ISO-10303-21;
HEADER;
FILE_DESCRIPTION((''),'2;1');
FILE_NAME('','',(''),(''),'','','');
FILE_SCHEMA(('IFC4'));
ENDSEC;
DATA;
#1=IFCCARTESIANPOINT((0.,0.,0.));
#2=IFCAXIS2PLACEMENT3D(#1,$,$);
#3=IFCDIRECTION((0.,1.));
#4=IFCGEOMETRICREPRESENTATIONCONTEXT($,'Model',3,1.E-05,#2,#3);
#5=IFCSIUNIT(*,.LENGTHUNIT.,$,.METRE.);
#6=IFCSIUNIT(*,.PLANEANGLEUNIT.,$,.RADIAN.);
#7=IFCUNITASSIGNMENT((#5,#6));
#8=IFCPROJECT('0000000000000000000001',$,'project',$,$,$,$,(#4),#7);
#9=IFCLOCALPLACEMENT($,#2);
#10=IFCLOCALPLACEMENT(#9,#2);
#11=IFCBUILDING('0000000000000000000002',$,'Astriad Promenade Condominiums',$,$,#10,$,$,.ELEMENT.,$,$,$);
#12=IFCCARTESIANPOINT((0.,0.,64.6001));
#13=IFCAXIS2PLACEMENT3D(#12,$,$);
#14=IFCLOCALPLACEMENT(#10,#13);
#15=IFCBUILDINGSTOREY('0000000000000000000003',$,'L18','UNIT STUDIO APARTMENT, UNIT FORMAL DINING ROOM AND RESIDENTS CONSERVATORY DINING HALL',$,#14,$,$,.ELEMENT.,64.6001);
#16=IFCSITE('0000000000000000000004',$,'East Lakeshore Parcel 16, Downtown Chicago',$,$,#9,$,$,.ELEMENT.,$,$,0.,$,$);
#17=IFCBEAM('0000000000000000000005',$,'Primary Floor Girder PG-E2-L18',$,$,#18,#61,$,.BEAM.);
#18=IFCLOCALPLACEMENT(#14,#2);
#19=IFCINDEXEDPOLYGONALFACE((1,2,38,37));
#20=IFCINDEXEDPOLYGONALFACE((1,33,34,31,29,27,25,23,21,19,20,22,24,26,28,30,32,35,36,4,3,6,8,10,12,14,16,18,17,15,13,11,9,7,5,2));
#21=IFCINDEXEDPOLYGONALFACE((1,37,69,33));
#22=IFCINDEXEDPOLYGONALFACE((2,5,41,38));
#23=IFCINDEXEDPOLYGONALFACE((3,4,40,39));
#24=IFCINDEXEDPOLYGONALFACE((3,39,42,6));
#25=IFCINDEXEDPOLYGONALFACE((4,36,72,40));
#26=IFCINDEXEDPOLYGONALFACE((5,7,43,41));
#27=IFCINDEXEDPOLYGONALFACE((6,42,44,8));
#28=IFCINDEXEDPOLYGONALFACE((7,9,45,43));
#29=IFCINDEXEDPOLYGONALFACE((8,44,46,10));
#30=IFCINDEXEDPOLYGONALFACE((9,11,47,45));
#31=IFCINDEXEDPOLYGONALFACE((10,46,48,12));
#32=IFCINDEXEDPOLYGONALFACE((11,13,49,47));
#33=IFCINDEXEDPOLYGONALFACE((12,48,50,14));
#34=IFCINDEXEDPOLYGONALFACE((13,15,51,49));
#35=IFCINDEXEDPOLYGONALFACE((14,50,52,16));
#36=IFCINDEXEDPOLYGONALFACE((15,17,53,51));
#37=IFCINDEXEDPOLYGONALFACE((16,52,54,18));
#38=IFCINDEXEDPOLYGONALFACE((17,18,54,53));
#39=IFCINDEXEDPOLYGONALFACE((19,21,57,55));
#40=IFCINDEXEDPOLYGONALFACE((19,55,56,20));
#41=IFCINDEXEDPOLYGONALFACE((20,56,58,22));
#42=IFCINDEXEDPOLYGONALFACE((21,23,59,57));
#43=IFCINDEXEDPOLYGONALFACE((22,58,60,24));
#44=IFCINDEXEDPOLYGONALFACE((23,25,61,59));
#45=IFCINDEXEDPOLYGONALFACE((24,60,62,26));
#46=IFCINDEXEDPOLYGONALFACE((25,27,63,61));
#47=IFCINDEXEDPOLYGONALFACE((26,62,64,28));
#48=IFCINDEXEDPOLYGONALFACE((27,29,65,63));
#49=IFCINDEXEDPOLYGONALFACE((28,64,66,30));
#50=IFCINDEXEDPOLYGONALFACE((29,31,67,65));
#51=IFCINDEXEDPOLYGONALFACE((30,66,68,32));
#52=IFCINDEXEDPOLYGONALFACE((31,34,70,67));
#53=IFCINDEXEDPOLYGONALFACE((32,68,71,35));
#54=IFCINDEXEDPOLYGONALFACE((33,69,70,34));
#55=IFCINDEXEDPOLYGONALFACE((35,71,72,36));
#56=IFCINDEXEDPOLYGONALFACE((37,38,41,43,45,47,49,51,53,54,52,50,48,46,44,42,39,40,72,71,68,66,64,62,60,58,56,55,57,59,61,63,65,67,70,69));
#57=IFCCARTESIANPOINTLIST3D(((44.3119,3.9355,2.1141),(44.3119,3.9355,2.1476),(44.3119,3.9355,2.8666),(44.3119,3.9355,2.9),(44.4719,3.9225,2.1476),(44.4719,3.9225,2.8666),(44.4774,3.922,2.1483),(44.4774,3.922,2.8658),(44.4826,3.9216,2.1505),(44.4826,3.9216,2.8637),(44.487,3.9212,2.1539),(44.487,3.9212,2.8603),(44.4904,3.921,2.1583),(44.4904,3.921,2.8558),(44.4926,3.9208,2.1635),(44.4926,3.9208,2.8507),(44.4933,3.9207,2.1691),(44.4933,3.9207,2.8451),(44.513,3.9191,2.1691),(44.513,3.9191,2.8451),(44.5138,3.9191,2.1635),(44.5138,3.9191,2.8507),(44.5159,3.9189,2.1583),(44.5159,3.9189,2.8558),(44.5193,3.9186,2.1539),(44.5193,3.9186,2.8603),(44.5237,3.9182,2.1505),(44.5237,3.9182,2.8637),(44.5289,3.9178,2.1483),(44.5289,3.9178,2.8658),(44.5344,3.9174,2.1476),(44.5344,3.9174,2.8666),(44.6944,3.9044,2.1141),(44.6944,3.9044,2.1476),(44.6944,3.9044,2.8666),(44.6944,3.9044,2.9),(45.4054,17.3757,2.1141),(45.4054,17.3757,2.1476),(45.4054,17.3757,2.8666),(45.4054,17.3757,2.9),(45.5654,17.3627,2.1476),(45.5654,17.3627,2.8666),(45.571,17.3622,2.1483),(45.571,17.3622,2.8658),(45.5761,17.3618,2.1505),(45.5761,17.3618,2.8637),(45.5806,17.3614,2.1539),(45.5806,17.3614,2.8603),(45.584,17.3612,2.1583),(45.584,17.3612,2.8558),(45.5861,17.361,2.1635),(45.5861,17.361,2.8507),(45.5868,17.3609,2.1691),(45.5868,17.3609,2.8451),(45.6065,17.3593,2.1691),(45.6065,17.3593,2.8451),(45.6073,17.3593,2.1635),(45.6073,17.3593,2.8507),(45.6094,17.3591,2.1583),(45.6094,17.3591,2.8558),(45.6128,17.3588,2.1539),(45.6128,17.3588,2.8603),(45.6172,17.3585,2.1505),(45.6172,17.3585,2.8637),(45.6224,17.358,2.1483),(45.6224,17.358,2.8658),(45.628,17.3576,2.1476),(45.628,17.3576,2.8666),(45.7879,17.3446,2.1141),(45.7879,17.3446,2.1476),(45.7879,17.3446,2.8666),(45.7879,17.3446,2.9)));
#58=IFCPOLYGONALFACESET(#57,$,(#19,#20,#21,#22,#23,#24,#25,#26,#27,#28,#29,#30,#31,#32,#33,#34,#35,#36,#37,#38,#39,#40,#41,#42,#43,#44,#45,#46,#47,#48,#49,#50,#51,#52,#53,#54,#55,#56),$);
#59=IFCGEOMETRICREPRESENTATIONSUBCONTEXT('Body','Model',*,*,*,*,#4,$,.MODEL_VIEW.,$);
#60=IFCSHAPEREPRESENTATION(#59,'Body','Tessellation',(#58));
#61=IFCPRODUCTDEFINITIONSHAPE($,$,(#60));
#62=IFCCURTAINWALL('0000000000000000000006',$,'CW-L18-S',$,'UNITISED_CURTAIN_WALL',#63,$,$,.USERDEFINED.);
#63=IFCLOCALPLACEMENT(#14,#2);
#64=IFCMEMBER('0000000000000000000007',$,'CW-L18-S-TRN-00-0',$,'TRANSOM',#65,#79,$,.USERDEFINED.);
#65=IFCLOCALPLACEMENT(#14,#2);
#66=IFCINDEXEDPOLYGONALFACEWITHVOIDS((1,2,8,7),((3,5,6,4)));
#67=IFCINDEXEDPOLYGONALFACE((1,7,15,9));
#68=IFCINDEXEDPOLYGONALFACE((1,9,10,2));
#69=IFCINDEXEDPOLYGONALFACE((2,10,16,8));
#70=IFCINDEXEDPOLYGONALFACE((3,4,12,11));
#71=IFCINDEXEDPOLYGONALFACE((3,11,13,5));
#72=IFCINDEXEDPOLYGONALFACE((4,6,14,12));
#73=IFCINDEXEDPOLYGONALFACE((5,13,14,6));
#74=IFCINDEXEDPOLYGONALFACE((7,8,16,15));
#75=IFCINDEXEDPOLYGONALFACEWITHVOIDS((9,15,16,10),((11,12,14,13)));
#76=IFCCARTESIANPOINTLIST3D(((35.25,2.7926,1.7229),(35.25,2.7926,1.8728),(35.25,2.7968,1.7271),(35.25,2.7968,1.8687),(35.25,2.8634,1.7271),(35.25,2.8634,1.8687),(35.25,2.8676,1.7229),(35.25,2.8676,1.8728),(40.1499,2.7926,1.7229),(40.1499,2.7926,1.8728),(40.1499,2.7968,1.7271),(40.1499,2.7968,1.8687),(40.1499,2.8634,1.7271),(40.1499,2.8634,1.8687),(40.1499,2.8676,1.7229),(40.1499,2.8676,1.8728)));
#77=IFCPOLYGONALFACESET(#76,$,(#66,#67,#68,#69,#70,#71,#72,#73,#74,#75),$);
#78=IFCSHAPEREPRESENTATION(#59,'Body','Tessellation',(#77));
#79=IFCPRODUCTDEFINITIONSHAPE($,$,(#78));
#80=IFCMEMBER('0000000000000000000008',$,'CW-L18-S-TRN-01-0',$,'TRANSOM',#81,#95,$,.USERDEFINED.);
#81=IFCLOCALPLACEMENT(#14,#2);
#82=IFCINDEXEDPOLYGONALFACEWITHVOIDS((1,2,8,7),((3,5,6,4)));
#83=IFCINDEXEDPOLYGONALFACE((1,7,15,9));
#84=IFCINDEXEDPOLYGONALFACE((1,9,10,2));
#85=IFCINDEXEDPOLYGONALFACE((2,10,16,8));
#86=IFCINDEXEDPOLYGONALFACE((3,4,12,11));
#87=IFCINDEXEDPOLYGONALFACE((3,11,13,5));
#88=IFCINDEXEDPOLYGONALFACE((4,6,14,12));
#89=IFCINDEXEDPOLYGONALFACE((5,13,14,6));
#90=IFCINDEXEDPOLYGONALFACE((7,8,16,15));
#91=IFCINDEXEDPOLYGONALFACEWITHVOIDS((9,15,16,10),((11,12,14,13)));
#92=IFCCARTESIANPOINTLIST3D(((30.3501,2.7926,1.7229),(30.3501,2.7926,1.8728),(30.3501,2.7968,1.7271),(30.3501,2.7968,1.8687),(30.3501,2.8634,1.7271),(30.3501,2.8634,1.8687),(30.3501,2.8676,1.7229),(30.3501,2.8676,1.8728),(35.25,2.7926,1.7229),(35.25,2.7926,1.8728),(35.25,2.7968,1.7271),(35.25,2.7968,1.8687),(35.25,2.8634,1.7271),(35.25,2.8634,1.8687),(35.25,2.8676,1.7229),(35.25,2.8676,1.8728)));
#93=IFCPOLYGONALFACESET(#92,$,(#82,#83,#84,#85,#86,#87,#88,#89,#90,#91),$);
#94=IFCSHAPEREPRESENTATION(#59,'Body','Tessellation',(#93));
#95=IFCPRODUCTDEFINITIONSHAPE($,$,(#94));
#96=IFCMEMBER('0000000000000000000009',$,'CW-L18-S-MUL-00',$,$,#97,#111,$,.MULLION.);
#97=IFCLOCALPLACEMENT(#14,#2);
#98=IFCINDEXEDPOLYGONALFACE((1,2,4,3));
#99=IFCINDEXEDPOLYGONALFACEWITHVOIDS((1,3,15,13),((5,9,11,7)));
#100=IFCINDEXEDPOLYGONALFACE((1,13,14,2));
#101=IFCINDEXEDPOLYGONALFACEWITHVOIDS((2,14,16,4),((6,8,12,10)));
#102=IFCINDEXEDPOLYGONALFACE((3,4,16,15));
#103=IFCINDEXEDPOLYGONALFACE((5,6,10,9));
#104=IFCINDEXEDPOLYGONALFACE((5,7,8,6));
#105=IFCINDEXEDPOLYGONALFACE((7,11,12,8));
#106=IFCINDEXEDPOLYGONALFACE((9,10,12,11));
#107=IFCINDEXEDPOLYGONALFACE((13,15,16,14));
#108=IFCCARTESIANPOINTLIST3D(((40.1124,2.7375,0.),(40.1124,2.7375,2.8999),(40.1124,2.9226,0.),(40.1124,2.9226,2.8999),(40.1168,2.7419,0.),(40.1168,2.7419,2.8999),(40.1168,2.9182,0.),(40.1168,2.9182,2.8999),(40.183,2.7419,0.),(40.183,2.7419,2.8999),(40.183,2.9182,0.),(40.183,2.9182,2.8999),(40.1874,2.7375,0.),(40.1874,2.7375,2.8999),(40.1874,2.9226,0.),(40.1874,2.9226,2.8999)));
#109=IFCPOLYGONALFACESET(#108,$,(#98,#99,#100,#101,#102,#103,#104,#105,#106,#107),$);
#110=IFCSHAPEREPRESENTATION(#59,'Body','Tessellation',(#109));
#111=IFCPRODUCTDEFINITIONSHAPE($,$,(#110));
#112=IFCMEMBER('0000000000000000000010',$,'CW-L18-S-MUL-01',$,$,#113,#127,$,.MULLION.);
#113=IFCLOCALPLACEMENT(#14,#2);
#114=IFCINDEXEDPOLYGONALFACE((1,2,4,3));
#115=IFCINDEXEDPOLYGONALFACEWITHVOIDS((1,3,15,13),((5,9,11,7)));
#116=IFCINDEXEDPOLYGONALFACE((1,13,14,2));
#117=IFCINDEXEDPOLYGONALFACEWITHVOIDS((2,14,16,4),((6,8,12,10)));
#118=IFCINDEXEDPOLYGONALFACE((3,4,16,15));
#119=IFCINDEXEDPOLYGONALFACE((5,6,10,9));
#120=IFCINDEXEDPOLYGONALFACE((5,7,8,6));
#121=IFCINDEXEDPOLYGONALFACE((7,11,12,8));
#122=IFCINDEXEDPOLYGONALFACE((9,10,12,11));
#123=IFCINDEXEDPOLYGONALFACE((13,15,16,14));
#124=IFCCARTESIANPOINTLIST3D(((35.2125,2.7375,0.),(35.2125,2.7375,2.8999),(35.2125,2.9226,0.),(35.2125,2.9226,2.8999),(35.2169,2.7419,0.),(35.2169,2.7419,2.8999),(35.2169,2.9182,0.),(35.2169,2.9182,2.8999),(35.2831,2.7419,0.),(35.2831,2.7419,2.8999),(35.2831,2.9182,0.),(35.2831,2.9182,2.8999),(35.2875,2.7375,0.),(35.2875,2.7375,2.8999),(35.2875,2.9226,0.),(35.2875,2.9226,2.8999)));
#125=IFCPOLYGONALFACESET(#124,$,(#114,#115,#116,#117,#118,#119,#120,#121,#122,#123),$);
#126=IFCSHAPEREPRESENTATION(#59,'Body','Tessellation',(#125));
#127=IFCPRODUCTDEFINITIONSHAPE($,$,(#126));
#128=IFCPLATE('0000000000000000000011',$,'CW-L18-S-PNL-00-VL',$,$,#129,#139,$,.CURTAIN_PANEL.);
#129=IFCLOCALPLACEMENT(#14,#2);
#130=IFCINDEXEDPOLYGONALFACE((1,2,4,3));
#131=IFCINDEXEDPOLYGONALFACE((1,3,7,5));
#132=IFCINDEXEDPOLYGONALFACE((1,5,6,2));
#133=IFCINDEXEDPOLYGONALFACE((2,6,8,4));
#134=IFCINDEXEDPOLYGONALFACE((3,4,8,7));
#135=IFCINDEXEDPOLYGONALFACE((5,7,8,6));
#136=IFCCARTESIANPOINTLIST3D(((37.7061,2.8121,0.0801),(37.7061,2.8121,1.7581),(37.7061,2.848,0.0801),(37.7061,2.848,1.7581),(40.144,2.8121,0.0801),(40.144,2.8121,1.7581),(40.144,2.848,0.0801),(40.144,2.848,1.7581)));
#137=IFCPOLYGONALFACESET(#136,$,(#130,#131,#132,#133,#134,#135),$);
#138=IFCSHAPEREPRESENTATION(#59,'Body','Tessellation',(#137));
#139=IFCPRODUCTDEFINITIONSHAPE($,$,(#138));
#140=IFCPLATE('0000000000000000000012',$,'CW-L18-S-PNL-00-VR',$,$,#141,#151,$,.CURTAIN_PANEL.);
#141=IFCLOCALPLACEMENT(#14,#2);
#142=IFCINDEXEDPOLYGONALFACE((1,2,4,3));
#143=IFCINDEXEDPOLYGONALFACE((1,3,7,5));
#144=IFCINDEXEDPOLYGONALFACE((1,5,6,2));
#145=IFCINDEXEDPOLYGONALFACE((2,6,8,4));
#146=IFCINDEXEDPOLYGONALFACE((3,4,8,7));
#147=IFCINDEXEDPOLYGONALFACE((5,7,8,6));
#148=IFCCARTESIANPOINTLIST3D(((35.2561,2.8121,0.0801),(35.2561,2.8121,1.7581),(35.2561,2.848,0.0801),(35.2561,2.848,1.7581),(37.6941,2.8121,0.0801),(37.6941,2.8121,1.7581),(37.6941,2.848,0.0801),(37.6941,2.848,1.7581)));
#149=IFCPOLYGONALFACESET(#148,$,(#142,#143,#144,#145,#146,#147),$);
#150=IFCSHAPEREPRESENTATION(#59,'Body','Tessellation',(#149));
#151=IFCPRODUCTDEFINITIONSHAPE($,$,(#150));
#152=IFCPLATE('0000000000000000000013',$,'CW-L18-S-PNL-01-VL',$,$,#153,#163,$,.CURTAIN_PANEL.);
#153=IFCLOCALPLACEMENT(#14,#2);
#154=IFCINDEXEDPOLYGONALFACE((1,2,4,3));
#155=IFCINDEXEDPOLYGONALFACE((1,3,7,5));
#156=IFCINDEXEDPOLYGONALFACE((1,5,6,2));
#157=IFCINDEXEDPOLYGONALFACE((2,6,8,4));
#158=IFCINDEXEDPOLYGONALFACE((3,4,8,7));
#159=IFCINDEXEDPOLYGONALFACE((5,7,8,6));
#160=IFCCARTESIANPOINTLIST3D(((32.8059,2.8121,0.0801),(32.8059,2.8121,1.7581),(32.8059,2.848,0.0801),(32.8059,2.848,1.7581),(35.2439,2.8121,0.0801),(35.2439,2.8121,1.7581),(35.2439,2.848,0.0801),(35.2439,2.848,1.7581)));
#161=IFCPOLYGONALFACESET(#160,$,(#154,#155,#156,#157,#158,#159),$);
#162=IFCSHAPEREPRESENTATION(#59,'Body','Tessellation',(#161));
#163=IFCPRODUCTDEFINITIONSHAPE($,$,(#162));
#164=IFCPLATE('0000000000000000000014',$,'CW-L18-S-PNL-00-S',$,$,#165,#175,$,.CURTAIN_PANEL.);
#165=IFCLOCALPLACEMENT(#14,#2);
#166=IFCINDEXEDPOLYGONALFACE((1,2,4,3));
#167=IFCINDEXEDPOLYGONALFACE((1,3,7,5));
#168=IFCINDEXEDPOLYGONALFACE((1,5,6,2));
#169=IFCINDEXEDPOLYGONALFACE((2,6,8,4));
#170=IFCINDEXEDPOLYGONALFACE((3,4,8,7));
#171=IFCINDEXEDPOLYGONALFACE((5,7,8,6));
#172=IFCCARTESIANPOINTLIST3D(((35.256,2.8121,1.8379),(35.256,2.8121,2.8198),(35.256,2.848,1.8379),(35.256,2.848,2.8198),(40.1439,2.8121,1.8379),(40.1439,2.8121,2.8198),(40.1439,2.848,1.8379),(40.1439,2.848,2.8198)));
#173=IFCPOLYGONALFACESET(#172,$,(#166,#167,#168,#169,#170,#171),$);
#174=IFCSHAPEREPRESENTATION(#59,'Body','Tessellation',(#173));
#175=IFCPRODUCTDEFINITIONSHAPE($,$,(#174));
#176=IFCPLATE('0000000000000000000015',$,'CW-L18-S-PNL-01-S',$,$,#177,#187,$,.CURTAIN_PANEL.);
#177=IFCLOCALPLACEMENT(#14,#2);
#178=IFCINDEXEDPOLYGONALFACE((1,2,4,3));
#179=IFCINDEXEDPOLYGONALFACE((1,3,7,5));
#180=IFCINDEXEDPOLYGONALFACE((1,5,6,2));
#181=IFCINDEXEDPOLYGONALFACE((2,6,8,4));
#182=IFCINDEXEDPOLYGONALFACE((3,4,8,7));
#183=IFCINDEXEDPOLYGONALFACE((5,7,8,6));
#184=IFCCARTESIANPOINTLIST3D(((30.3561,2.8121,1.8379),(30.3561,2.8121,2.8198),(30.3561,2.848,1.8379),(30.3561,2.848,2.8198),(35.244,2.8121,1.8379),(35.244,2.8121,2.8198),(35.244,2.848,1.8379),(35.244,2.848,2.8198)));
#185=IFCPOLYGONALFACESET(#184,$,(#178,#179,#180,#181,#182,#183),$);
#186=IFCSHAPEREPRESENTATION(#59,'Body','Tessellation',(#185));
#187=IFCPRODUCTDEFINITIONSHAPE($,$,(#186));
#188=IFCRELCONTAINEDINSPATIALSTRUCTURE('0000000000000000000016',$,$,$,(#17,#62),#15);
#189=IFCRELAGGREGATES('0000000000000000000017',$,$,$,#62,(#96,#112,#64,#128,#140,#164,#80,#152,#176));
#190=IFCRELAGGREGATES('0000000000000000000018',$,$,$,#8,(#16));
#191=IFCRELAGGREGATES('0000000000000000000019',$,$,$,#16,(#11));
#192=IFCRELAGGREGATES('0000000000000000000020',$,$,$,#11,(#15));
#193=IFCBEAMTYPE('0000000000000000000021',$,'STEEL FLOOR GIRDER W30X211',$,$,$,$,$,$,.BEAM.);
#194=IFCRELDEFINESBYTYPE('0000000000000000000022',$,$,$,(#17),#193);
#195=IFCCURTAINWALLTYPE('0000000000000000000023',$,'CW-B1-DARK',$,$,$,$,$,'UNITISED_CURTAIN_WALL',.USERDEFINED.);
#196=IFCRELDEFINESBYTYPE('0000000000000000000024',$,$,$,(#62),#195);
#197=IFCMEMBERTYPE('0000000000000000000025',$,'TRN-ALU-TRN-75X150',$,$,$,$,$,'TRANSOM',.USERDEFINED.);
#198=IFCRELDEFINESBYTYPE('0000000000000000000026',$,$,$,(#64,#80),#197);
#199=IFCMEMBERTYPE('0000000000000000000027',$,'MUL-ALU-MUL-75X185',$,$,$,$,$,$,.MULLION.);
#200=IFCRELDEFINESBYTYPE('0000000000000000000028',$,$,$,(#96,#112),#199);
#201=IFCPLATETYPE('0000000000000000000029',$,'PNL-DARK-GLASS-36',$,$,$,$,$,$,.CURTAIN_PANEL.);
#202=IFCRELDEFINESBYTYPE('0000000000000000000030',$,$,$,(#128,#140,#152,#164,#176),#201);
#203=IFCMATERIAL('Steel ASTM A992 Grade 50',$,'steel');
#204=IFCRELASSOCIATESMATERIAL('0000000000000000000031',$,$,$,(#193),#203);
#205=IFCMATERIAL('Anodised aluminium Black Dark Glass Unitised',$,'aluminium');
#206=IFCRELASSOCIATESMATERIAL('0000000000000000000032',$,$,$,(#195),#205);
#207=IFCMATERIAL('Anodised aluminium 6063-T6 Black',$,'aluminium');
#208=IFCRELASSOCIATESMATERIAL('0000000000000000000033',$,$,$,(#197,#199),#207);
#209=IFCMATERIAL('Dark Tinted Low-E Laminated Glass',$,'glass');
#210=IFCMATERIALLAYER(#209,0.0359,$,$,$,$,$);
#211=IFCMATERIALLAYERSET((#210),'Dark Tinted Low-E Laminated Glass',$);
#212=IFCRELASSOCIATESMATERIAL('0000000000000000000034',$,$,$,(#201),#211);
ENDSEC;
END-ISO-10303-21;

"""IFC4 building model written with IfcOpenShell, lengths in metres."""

from ifc_helpers import new_model, si_unit, direction, frame, origin, origin_2d, place, context, subcontext, project, spatial, rectangle, hollow_rectangle, i_section, extrude, source, transform, mapped, material, layer, layer_set, material_profile, profile_set, type_object, type_shapes, element, aggregate, save


model = new_model("IFC4")

# Units and contexts
model_context = context("Model", 3, precision=1e-05, world=origin(), true_north=direction((0.0, 1.0)))
body_context = subcontext(model_context, "Body", "Model", "MODEL_VIEW")
ifc_project = project(units=[si_unit("LENGTHUNIT", "METRE"), si_unit("PLANEANGLEUNIT", "RADIAN")], contexts=[model_context])

# Site, building, storey
site_placement = place(None, origin())
site = spatial("IfcSite", under=ifc_project, at=site_placement, Name="East Lakeshore Parcel 16, Downtown Chicago", CompositionType="ELEMENT", RefElevation=0.0)
building_placement = place(site_placement, origin())
building = spatial("IfcBuilding", under=site, at=building_placement, Name="Astriad Promenade Condominiums", CompositionType="ELEMENT")
storey_placement = place(building_placement, frame((0.0, 0.0, 64.6001)))
storey = spatial("IfcBuildingStorey", under=building, at=storey_placement, Name="L18", Description="UNIT STUDIO APARTMENT, UNIT FORMAL DINING ROOM AND RESIDENTS CONSERVATORY DINING HALL", CompositionType="ELEMENT", Elevation=64.6001)

# Beam
ifc_material_1 = material(Name="Steel ASTM A992 Grade 50", Category="steel")
ifc_material_profile_1 = material_profile(ifc_material_1, i_section(OverallWidth=0.3838, OverallDepth=0.7859, WebThickness=0.0198, FlangeThickness=0.0334, FilletRadius=0.0215, at=origin_2d()), Name="W30X211")
ifc_profile_set_1 = profile_set([ifc_material_profile_1], Name="Steel ASTM A992 Grade 50")
beam_type_1 = type_object("IfcBeamType", Name="STEEL FLOOR GIRDER W30X211", PredefinedType="BEAM", material=ifc_profile_set_1)
shared_shape_1 = source(origin(), body_context, "Body", "SweptSolid", [
    extrude(i_section(OverallWidth=0.3838, OverallDepth=0.7859, WebThickness=0.0198, FlangeThickness=0.0334, FilletRadius=0.0215, at=origin_2d()), origin(), (0.0, 0.0, 1.0), 13.4846),
])
type_shapes(beam_type_1, [shared_shape_1])
beam_1_placement = place(storey_placement, frame((44.5032, 3.9199, 2.5071), z_axis=(0.081093, 0.996707, 0.0), x_axis=(-0.996707, 0.081093, 0.0)))
element("IfcBeam", 1, at=beam_1_placement, inside=storey, type_object=beam_type_1, Name="Primary Floor Girder PG-E2-L18", PredefinedType="BEAM", context=body_context, shape_type="MappedRepresentation", body=[
    mapped(shared_shape_1, transform((0.0, 0.0, 0.0), scale=1.0)),
])

# Curtain wall, members, plates
ifc_material_2 = material(Name="Anodised aluminium Black Dark Glass Unitised", Category="aluminium")
curtain_wall_type = type_object("IfcCurtainWallType", Name="CW-B1-DARK", ElementType="UNITISED_CURTAIN_WALL", PredefinedType="USERDEFINED", material=ifc_material_2)
curtain_wall_placement = place(storey_placement, origin())
curtain_wall = element("IfcCurtainWall", 2, at=curtain_wall_placement, inside=storey, type_object=curtain_wall_type, Name="CW-L18-S", ObjectType="UNITISED_CURTAIN_WALL", PredefinedType="USERDEFINED")
ifc_material_3 = material(Name="Anodised aluminium 6063-T6 Black", Category="aluminium")
ifc_material_profile_2 = material_profile(ifc_material_3, hollow_rectangle(XDim=0.075, YDim=0.1499, WallThickness=0.0042, at=origin_2d()), Name="ALU-TRN-75X150")
ifc_profile_set_2 = profile_set([ifc_material_profile_2], Name="Anodised aluminium 6063-T6 Black")
member_type_1 = type_object("IfcMemberType", Name="TRN-ALU-TRN-75X150", ElementType="TRANSOM", PredefinedType="USERDEFINED", material=ifc_profile_set_2)
shared_shape_2 = source(origin(), body_context, "Body", "SweptSolid", [
    extrude(hollow_rectangle(XDim=0.075, YDim=0.1499, WallThickness=0.0042, at=origin_2d()), origin(), (0.0, 0.0, 1.0), 4.8999),
])
type_shapes(member_type_1, [shared_shape_2])
member_1_placement = place(storey_placement, frame((40.1499, 2.8301, 1.7979), z_axis=(-1.0, 0.0, 0.0), x_axis=(0.0, -1.0, 0.0)))
member_1 = element("IfcMember", 3, at=member_1_placement, type_object=member_type_1, Name="CW-L18-S-TRN-00-0", ObjectType="TRANSOM", PredefinedType="USERDEFINED", context=body_context, shape_type="MappedRepresentation", body=[
    mapped(shared_shape_2, transform((0.0, 0.0, 0.0), scale=1.0)),
])
member_2_placement = place(storey_placement, frame((35.25, 2.8301, 1.7979), z_axis=(-1.0, 0.0, 0.0), x_axis=(0.0, -1.0, 0.0)))
member_2 = element("IfcMember", 4, at=member_2_placement, type_object=member_type_1, Name="CW-L18-S-TRN-01-0", ObjectType="TRANSOM", PredefinedType="USERDEFINED", context=body_context, shape_type="MappedRepresentation", body=[
    mapped(shared_shape_2, transform((0.0, 0.0, 0.0), scale=1.0)),
])
ifc_material_profile_3 = material_profile(ifc_material_3, hollow_rectangle(XDim=0.075, YDim=0.1851, WallThickness=0.0044, at=origin_2d()), Name="ALU-MUL-75X185")
ifc_profile_set_3 = profile_set([ifc_material_profile_3], Name="Anodised aluminium 6063-T6 Black")
member_type_2 = type_object("IfcMemberType", Name="MUL-ALU-MUL-75X185", PredefinedType="MULLION", material=ifc_profile_set_3)
shared_shape_3 = source(origin(), body_context, "Body", "SweptSolid", [
    extrude(hollow_rectangle(XDim=0.075, YDim=0.1851, WallThickness=0.0044, at=origin_2d()), origin(), (0.0, 0.0, 1.0), 2.8999),
])
type_shapes(member_type_2, [shared_shape_3])
member_3_placement = place(storey_placement, frame((40.1499, 2.8301, 0.0), z_axis=(0.0, 0.0, 1.0), x_axis=(1.0, 0.0, 0.0)))
member_3 = element("IfcMember", 5, at=member_3_placement, type_object=member_type_2, Name="CW-L18-S-MUL-00", PredefinedType="MULLION", context=body_context, shape_type="MappedRepresentation", body=[
    mapped(shared_shape_3, transform((0.0, 0.0, 0.0), scale=1.0)),
])
member_4_placement = place(storey_placement, frame((35.25, 2.8301, 0.0), z_axis=(0.0, 0.0, 1.0), x_axis=(1.0, 0.0, 0.0)))
member_4 = element("IfcMember", 6, at=member_4_placement, type_object=member_type_2, Name="CW-L18-S-MUL-01", PredefinedType="MULLION", context=body_context, shape_type="MappedRepresentation", body=[
    mapped(shared_shape_3, transform((0.0, 0.0, 0.0), scale=1.0)),
])
ifc_material_4 = material(Name="Dark Tinted Low-E Laminated Glass", Category="glass")
ifc_layer_1 = layer(ifc_material_4, 0.0359)
ifc_layer_set_1 = layer_set([ifc_layer_1], Name="Dark Tinted Low-E Laminated Glass")
plate_type = type_object("IfcPlateType", Name="PNL-DARK-GLASS-36", PredefinedType="CURTAIN_PANEL", material=ifc_layer_set_1)
shared_shape_4 = source(origin(), body_context, "Body", "SweptSolid", [
    extrude(rectangle(XDim=2.438, YDim=0.0359, at=origin_2d()), origin(), (0.0, 0.0, 1.0), 1.678),
])
plate_1_placement = place(storey_placement, frame((38.925, 2.8301, 0.0801), z_axis=(0.0, 0.0, 1.0), x_axis=(-1.0, 0.0, 0.0)))
plate_1 = element("IfcPlate", 7, at=plate_1_placement, type_object=plate_type, Name="CW-L18-S-PNL-00-VL", PredefinedType="CURTAIN_PANEL", context=body_context, shape_type="MappedRepresentation", body=[
    mapped(shared_shape_4, transform((0.0, 0.0, 0.0), scale=1.0)),
])
plate_2_placement = place(storey_placement, frame((36.4751, 2.8301, 0.0801), z_axis=(0.0, 0.0, 1.0), x_axis=(-1.0, 0.0, 0.0)))
plate_2 = element("IfcPlate", 8, at=plate_2_placement, type_object=plate_type, Name="CW-L18-S-PNL-00-VR", PredefinedType="CURTAIN_PANEL", context=body_context, shape_type="MappedRepresentation", body=[
    mapped(shared_shape_4, transform((0.0, 0.0, 0.0), scale=1.0)),
])
plate_3_placement = place(storey_placement, frame((34.0249, 2.8301, 0.0801), z_axis=(0.0, 0.0, 1.0), x_axis=(-1.0, 0.0, 0.0)))
plate_3 = element("IfcPlate", 9, at=plate_3_placement, type_object=plate_type, Name="CW-L18-S-PNL-01-VL", PredefinedType="CURTAIN_PANEL", context=body_context, shape_type="MappedRepresentation", body=[
    mapped(shared_shape_4, transform((0.0, 0.0, 0.0), scale=1.0)),
])
shared_shape_5 = source(origin(), body_context, "Body", "SweptSolid", [
    extrude(rectangle(XDim=4.8879, YDim=0.0359, at=origin_2d()), origin(), (0.0, 0.0, 1.0), 0.9819),
])
type_shapes(plate_type, [shared_shape_4, shared_shape_5])
plate_4_placement = place(storey_placement, frame((37.7, 2.8301, 1.8379), z_axis=(0.0, 0.0, 1.0), x_axis=(-1.0, 0.0, 0.0)))
plate_4 = element("IfcPlate", 10, at=plate_4_placement, type_object=plate_type, Name="CW-L18-S-PNL-00-S", PredefinedType="CURTAIN_PANEL", context=body_context, shape_type="MappedRepresentation", body=[
    mapped(shared_shape_5, transform((0.0, 0.0, 0.0), scale=1.0)),
])
plate_5_placement = place(storey_placement, frame((32.8, 2.8301, 1.8379), z_axis=(0.0, 0.0, 1.0), x_axis=(-1.0, 0.0, 0.0)))
plate_5 = element("IfcPlate", 11, at=plate_5_placement, type_object=plate_type, Name="CW-L18-S-PNL-01-S", PredefinedType="CURTAIN_PANEL", context=body_context, shape_type="MappedRepresentation", body=[
    mapped(shared_shape_5, transform((0.0, 0.0, 0.0), scale=1.0)),
])
aggregate(curtain_wall, [member_3, member_4, member_1, plate_1, plate_2, plate_4, member_2, plate_3, plate_5])

save(model, "model.ifc")
